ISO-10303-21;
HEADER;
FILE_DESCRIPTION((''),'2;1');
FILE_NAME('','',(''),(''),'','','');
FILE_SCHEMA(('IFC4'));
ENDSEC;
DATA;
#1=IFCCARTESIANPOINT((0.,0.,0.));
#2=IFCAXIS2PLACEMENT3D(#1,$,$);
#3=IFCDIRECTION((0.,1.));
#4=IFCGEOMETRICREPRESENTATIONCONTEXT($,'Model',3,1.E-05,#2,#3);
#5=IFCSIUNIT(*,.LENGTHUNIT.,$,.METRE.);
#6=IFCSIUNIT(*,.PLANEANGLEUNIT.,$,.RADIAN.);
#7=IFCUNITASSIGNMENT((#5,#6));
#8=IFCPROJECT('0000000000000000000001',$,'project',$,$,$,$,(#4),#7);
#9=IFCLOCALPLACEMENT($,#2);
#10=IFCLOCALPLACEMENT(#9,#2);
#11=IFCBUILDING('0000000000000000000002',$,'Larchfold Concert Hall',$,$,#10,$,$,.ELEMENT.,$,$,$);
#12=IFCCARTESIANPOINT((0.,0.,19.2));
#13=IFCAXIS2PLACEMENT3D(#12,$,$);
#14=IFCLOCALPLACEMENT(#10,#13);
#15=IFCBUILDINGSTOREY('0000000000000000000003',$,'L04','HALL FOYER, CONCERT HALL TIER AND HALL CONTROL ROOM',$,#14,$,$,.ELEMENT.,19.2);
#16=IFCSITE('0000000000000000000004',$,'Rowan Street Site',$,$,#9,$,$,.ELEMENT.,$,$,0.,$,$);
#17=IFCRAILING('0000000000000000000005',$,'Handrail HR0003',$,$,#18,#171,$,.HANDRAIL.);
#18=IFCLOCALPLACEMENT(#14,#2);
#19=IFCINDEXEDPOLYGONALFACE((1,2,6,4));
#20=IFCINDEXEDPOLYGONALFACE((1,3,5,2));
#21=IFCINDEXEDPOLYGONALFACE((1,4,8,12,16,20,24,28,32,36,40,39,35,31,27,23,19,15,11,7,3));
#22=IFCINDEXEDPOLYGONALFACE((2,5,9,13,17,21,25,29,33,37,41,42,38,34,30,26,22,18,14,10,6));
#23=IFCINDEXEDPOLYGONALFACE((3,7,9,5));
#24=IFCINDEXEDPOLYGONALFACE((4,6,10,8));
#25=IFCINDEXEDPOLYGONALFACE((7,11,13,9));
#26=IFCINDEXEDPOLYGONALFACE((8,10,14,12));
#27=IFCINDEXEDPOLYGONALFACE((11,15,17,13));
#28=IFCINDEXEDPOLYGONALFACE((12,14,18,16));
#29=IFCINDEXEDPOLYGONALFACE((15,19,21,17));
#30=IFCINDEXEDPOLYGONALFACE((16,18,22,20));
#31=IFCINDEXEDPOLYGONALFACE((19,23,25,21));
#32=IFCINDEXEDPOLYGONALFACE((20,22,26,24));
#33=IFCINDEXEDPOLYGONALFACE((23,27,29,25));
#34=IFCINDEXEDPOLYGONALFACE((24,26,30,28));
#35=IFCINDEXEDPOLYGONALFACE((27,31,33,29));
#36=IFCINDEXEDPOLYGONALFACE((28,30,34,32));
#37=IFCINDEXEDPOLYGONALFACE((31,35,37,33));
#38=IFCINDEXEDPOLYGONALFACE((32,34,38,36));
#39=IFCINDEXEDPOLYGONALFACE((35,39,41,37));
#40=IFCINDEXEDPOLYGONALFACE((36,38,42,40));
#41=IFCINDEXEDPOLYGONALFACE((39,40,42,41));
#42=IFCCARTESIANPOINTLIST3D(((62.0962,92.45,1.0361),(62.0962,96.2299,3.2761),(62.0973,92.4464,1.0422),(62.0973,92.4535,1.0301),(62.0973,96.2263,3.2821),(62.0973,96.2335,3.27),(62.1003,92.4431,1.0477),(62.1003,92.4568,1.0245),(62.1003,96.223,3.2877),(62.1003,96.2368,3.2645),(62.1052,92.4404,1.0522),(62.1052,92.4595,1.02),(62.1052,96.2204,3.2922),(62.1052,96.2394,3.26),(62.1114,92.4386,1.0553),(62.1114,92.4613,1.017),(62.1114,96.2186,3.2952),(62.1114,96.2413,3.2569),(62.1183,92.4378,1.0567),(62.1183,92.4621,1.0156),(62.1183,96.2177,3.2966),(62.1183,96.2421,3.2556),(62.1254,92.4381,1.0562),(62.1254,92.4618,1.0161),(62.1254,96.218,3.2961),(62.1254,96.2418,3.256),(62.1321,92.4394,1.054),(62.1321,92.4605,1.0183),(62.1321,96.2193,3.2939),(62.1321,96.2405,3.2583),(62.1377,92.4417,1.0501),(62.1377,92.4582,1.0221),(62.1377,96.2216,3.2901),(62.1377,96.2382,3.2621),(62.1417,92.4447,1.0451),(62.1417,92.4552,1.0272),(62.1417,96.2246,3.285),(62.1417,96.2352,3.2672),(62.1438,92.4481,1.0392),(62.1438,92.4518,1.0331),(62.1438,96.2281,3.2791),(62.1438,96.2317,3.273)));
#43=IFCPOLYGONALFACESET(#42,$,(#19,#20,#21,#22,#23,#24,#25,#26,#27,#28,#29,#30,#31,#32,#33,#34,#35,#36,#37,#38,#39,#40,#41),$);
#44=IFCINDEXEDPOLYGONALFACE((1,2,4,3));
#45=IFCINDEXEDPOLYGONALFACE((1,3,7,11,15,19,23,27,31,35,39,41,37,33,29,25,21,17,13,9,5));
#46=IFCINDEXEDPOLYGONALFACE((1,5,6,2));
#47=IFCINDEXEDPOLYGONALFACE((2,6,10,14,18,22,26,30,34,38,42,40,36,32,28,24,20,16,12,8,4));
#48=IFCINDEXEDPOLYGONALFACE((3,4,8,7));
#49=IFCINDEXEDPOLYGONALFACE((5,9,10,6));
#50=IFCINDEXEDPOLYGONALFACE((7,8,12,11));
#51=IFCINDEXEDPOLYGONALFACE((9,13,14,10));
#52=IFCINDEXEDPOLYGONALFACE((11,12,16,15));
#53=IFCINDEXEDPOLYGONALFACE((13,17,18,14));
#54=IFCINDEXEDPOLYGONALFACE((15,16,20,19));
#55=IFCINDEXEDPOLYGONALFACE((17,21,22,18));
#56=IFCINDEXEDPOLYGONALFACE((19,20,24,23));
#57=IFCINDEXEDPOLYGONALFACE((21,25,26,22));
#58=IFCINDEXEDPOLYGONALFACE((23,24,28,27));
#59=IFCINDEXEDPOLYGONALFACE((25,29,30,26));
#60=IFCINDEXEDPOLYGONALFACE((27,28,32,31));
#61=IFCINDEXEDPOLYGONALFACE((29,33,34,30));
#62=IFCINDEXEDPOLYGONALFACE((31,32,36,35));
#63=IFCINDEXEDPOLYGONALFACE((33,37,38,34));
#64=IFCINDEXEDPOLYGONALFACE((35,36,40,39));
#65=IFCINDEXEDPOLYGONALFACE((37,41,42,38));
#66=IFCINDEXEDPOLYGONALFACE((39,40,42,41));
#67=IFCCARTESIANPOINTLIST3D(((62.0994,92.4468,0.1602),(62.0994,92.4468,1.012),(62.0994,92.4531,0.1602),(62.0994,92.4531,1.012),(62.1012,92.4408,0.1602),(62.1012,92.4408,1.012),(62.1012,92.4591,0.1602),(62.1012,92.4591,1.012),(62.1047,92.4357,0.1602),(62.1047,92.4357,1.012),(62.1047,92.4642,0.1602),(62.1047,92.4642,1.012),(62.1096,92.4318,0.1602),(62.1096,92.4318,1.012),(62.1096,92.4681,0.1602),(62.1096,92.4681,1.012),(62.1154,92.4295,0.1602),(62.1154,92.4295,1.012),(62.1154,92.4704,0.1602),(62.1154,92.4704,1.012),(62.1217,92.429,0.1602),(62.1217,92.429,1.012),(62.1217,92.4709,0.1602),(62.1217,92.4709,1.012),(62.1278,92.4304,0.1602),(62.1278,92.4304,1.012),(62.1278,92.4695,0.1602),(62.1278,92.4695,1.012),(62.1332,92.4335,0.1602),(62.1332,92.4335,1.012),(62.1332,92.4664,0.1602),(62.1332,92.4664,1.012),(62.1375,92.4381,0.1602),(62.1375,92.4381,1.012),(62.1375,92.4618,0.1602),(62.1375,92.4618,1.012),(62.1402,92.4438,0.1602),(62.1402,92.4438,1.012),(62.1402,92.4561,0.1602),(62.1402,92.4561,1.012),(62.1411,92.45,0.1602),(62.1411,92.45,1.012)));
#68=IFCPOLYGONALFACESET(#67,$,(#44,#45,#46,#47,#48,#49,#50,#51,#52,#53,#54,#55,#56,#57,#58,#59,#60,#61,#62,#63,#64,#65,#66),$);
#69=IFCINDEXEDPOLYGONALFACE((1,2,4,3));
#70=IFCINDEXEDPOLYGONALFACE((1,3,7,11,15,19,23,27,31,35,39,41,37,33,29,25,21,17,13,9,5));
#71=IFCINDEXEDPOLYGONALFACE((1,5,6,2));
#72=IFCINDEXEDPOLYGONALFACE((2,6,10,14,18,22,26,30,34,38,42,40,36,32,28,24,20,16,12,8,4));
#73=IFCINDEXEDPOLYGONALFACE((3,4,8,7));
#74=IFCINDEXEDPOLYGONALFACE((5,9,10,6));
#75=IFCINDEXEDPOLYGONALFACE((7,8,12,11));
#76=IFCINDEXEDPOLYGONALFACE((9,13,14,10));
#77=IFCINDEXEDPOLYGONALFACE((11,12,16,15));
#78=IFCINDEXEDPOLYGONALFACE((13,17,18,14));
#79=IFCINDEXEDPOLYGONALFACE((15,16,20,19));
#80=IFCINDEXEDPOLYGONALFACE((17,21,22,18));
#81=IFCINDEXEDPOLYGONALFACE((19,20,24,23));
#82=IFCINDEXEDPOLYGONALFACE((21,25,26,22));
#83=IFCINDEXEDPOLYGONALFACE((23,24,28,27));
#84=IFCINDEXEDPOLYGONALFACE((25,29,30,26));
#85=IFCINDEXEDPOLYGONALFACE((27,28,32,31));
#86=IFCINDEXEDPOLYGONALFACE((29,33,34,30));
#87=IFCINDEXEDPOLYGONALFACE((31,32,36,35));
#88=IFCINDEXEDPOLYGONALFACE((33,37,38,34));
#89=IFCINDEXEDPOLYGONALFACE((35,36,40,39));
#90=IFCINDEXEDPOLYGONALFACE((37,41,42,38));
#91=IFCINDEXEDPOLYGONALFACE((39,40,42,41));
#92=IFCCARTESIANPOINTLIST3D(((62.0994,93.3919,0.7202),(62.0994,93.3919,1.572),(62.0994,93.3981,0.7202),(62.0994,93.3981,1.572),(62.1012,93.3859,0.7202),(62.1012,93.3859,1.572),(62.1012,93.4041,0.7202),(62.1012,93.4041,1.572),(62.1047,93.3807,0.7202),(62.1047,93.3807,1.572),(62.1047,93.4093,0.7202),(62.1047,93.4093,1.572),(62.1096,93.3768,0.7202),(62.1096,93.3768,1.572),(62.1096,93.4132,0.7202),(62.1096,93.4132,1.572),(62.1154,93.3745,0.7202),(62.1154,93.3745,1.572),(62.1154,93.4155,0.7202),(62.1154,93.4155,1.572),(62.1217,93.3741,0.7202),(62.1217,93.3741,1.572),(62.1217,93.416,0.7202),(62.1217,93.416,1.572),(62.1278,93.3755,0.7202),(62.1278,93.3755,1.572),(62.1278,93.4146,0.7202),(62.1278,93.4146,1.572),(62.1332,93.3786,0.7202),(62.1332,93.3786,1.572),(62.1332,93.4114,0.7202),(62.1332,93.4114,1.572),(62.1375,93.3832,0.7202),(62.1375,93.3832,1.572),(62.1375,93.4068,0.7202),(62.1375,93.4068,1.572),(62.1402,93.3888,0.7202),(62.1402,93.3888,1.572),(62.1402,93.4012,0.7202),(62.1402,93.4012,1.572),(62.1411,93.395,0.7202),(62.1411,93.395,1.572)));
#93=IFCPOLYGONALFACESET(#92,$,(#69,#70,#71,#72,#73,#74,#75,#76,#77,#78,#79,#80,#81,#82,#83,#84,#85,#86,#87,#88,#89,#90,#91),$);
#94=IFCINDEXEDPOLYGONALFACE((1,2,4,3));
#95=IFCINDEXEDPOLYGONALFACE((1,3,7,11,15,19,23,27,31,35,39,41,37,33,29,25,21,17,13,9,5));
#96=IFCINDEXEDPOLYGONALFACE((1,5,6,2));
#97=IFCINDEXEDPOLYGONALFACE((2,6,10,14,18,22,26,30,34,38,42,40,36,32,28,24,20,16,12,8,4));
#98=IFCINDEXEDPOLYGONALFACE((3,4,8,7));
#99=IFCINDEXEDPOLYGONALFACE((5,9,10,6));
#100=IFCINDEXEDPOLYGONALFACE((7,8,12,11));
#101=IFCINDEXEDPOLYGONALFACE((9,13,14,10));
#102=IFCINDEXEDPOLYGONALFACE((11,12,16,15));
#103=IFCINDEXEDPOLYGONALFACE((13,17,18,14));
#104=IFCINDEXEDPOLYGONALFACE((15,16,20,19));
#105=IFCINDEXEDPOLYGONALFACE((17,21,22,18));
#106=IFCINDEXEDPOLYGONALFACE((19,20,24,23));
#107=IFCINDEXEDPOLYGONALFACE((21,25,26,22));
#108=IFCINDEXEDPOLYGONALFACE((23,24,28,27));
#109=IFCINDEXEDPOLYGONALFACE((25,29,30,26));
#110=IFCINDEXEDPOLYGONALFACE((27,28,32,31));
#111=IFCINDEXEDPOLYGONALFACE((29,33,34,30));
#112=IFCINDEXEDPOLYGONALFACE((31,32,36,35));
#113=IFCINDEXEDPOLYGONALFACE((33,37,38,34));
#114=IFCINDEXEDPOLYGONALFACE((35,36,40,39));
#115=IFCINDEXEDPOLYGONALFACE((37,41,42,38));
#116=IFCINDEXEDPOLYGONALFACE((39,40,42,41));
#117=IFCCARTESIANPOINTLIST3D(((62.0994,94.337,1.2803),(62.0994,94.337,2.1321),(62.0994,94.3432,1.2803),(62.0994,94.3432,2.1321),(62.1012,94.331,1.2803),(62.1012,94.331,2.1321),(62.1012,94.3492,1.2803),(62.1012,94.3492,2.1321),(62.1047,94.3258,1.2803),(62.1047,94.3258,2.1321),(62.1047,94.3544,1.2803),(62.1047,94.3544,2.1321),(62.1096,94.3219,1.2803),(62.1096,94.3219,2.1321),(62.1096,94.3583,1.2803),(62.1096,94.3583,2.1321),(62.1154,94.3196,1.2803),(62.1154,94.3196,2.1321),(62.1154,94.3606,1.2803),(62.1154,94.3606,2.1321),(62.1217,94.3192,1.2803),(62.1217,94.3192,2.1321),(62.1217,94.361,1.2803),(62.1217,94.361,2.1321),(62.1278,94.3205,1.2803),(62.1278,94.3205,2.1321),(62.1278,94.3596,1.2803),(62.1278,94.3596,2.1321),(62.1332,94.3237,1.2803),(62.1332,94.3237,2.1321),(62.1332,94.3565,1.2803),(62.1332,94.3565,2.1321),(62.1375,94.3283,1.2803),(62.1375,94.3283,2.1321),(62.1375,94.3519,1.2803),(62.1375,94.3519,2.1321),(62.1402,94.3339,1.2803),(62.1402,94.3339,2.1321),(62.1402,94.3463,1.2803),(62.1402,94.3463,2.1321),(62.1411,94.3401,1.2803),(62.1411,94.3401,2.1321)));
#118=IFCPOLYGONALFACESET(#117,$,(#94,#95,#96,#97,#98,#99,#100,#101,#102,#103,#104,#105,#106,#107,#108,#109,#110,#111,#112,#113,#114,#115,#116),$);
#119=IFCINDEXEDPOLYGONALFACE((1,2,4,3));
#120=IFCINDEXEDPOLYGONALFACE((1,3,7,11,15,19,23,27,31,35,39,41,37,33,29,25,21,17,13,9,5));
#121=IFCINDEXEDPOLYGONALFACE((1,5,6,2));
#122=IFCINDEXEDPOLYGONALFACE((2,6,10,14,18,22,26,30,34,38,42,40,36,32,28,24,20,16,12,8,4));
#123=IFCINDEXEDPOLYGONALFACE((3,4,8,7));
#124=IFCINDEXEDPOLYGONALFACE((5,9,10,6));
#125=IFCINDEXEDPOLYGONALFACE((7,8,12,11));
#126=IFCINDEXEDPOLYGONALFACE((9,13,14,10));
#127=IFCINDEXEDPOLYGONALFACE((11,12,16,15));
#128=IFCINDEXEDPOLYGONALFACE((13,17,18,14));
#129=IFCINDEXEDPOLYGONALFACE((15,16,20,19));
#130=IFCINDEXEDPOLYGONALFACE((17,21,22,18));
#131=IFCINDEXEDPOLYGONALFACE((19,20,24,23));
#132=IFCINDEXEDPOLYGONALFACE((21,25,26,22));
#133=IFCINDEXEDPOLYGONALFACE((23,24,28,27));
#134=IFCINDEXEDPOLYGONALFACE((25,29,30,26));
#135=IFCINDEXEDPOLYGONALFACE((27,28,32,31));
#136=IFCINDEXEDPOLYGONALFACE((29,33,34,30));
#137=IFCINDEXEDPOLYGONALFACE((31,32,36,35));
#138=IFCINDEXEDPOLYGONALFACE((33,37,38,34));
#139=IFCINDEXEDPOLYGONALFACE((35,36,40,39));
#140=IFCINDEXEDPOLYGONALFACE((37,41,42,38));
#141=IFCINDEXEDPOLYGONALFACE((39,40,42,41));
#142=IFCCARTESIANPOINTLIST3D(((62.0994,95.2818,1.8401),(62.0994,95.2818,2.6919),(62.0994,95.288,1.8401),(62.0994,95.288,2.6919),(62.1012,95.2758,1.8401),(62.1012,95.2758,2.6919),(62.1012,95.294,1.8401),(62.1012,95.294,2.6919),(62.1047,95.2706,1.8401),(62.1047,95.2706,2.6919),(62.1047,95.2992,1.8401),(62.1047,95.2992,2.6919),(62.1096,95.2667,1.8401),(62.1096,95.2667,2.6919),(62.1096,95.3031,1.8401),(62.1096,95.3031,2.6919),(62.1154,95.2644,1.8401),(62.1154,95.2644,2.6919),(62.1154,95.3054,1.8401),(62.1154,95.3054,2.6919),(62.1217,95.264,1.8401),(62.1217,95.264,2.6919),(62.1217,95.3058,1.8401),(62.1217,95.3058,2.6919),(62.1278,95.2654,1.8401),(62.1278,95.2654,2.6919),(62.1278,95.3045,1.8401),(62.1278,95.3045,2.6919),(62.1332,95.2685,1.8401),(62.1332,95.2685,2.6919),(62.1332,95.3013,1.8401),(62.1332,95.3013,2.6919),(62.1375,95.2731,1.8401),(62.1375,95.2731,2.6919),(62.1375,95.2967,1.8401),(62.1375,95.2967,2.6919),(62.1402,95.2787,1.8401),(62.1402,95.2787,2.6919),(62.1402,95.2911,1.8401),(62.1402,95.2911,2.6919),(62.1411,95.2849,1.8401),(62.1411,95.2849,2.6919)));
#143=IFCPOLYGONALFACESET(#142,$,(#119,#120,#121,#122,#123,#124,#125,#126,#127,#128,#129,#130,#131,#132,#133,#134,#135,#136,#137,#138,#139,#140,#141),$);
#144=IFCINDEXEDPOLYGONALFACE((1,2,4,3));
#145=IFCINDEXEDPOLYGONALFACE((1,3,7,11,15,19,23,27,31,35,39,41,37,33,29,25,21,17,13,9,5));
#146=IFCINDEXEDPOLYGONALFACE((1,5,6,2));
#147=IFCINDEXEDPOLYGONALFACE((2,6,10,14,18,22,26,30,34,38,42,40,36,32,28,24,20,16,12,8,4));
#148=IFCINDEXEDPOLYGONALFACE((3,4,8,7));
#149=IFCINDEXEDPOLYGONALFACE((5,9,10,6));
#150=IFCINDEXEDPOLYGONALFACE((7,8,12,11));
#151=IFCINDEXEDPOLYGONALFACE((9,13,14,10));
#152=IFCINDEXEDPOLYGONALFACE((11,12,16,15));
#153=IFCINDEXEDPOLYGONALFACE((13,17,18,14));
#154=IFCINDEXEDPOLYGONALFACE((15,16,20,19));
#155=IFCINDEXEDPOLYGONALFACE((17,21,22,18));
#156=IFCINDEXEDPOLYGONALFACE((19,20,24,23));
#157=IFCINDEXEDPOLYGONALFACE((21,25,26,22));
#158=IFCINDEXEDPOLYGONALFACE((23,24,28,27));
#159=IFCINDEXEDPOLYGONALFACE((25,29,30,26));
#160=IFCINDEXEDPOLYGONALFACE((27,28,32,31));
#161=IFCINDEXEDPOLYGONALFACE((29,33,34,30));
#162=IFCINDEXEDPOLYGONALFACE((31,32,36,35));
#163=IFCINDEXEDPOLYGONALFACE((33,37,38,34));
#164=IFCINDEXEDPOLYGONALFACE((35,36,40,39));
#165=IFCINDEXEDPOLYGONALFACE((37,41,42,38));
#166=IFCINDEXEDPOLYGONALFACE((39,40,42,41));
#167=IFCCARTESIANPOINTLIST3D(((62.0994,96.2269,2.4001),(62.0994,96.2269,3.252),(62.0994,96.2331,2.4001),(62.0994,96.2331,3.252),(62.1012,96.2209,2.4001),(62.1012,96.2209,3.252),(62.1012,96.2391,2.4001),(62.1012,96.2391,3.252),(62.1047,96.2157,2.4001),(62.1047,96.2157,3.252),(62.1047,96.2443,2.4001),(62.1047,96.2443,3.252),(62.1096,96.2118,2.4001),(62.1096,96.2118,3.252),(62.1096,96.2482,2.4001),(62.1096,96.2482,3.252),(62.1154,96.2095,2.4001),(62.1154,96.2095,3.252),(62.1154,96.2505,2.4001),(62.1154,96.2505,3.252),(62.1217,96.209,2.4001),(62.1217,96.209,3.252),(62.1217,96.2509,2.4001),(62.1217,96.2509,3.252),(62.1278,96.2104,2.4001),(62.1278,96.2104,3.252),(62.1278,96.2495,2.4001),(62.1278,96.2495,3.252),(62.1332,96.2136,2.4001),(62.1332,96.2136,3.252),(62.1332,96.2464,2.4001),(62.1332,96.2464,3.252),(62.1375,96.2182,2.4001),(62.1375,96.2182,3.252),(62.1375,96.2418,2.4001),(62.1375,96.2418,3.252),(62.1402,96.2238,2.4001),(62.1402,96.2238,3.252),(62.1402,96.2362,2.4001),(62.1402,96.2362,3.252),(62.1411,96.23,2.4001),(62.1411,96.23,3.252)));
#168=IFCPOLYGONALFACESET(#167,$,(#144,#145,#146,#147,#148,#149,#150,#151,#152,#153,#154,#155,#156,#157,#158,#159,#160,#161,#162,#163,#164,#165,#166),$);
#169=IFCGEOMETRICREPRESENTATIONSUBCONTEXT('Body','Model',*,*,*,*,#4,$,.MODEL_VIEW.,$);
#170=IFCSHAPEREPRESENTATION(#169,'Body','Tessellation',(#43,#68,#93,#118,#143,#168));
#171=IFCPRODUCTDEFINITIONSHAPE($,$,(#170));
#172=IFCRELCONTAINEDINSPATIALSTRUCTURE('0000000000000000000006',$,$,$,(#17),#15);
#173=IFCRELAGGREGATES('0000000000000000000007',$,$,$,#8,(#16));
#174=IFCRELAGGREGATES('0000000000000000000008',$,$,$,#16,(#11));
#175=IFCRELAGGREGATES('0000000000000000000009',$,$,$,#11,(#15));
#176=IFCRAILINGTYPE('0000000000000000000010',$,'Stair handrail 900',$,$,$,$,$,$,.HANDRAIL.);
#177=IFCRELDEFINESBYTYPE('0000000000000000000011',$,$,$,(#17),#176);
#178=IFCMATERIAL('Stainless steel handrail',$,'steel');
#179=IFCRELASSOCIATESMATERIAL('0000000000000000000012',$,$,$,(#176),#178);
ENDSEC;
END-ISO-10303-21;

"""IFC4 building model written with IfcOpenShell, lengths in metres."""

from ifc_helpers import new_model, si_unit, direction, frame, origin, origin_2d, place, context, subcontext, project, spatial, circle, extrude, material, type_object, element, save


model = new_model("IFC4")

# Units and contexts
model_context = context("Model", 3, precision=1e-05, world=origin(), true_north=direction((0.0, 1.0)))
body_context = subcontext(model_context, "Body", "Model", "MODEL_VIEW")
ifc_project = project(units=[si_unit("LENGTHUNIT", "METRE"), si_unit("PLANEANGLEUNIT", "RADIAN")], contexts=[model_context])

# Site, building, storey
site_placement = place(None, origin())
site = spatial("IfcSite", under=ifc_project, at=site_placement, Name="Rowan Street Site", CompositionType="ELEMENT", RefElevation=0.0)
building_placement = place(site_placement, origin())
building = spatial("IfcBuilding", under=site, at=building_placement, Name="Larchfold Concert Hall", CompositionType="ELEMENT")
storey_placement = place(building_placement, frame((0.0, 0.0, 19.2)))
storey = spatial("IfcBuildingStorey", under=building, at=storey_placement, Name="L04", Description="HALL FOYER, CONCERT HALL TIER AND HALL CONTROL ROOM", CompositionType="ELEMENT", Elevation=19.2)

# Railing
ifc_material_1 = material(Name="Stainless steel handrail", Category="steel")
railing_type_1 = type_object("IfcRailingType", Name="Stair handrail 900", PredefinedType="HANDRAIL", material=ifc_material_1)
railing_1_placement = place(storey_placement, frame((62.1201, 92.45, 0.1602)))
element("IfcRailing", 1, at=railing_1_placement, inside=storey, type_object=railing_type_1, Name="Handrail HR0003", PredefinedType="HANDRAIL", context=body_context, shape_type="SweptSolid", body=[
    extrude(circle(Radius=0.0239, at=origin_2d()), frame((0.0, 0.0, 0.876), z_axis=(0.0, 0.860294, 0.509798), x_axis=(-1.0, 0.0, 0.0)), (0.0, 0.0, 1.0), 4.3938),
    extrude(circle(Radius=0.021, at=origin_2d()), origin(), (0.0, 0.0, 1.0), 0.8518),
    extrude(circle(Radius=0.021, at=origin_2d()), frame((0.0, 0.9451, 0.5601)), (0.0, 0.0, 1.0), 0.8518),
    extrude(circle(Radius=0.021, at=origin_2d()), frame((0.0, 1.8901, 1.1201)), (0.0, 0.0, 1.0), 0.8518),
    extrude(circle(Radius=0.021, at=origin_2d()), frame((0.0, 2.835, 1.6799)), (0.0, 0.0, 1.0), 0.8518),
    extrude(circle(Radius=0.021, at=origin_2d()), frame((0.0, 3.78, 2.24)), (0.0, 0.0, 1.0), 0.8518),
])

save(model, "model.ifc")
